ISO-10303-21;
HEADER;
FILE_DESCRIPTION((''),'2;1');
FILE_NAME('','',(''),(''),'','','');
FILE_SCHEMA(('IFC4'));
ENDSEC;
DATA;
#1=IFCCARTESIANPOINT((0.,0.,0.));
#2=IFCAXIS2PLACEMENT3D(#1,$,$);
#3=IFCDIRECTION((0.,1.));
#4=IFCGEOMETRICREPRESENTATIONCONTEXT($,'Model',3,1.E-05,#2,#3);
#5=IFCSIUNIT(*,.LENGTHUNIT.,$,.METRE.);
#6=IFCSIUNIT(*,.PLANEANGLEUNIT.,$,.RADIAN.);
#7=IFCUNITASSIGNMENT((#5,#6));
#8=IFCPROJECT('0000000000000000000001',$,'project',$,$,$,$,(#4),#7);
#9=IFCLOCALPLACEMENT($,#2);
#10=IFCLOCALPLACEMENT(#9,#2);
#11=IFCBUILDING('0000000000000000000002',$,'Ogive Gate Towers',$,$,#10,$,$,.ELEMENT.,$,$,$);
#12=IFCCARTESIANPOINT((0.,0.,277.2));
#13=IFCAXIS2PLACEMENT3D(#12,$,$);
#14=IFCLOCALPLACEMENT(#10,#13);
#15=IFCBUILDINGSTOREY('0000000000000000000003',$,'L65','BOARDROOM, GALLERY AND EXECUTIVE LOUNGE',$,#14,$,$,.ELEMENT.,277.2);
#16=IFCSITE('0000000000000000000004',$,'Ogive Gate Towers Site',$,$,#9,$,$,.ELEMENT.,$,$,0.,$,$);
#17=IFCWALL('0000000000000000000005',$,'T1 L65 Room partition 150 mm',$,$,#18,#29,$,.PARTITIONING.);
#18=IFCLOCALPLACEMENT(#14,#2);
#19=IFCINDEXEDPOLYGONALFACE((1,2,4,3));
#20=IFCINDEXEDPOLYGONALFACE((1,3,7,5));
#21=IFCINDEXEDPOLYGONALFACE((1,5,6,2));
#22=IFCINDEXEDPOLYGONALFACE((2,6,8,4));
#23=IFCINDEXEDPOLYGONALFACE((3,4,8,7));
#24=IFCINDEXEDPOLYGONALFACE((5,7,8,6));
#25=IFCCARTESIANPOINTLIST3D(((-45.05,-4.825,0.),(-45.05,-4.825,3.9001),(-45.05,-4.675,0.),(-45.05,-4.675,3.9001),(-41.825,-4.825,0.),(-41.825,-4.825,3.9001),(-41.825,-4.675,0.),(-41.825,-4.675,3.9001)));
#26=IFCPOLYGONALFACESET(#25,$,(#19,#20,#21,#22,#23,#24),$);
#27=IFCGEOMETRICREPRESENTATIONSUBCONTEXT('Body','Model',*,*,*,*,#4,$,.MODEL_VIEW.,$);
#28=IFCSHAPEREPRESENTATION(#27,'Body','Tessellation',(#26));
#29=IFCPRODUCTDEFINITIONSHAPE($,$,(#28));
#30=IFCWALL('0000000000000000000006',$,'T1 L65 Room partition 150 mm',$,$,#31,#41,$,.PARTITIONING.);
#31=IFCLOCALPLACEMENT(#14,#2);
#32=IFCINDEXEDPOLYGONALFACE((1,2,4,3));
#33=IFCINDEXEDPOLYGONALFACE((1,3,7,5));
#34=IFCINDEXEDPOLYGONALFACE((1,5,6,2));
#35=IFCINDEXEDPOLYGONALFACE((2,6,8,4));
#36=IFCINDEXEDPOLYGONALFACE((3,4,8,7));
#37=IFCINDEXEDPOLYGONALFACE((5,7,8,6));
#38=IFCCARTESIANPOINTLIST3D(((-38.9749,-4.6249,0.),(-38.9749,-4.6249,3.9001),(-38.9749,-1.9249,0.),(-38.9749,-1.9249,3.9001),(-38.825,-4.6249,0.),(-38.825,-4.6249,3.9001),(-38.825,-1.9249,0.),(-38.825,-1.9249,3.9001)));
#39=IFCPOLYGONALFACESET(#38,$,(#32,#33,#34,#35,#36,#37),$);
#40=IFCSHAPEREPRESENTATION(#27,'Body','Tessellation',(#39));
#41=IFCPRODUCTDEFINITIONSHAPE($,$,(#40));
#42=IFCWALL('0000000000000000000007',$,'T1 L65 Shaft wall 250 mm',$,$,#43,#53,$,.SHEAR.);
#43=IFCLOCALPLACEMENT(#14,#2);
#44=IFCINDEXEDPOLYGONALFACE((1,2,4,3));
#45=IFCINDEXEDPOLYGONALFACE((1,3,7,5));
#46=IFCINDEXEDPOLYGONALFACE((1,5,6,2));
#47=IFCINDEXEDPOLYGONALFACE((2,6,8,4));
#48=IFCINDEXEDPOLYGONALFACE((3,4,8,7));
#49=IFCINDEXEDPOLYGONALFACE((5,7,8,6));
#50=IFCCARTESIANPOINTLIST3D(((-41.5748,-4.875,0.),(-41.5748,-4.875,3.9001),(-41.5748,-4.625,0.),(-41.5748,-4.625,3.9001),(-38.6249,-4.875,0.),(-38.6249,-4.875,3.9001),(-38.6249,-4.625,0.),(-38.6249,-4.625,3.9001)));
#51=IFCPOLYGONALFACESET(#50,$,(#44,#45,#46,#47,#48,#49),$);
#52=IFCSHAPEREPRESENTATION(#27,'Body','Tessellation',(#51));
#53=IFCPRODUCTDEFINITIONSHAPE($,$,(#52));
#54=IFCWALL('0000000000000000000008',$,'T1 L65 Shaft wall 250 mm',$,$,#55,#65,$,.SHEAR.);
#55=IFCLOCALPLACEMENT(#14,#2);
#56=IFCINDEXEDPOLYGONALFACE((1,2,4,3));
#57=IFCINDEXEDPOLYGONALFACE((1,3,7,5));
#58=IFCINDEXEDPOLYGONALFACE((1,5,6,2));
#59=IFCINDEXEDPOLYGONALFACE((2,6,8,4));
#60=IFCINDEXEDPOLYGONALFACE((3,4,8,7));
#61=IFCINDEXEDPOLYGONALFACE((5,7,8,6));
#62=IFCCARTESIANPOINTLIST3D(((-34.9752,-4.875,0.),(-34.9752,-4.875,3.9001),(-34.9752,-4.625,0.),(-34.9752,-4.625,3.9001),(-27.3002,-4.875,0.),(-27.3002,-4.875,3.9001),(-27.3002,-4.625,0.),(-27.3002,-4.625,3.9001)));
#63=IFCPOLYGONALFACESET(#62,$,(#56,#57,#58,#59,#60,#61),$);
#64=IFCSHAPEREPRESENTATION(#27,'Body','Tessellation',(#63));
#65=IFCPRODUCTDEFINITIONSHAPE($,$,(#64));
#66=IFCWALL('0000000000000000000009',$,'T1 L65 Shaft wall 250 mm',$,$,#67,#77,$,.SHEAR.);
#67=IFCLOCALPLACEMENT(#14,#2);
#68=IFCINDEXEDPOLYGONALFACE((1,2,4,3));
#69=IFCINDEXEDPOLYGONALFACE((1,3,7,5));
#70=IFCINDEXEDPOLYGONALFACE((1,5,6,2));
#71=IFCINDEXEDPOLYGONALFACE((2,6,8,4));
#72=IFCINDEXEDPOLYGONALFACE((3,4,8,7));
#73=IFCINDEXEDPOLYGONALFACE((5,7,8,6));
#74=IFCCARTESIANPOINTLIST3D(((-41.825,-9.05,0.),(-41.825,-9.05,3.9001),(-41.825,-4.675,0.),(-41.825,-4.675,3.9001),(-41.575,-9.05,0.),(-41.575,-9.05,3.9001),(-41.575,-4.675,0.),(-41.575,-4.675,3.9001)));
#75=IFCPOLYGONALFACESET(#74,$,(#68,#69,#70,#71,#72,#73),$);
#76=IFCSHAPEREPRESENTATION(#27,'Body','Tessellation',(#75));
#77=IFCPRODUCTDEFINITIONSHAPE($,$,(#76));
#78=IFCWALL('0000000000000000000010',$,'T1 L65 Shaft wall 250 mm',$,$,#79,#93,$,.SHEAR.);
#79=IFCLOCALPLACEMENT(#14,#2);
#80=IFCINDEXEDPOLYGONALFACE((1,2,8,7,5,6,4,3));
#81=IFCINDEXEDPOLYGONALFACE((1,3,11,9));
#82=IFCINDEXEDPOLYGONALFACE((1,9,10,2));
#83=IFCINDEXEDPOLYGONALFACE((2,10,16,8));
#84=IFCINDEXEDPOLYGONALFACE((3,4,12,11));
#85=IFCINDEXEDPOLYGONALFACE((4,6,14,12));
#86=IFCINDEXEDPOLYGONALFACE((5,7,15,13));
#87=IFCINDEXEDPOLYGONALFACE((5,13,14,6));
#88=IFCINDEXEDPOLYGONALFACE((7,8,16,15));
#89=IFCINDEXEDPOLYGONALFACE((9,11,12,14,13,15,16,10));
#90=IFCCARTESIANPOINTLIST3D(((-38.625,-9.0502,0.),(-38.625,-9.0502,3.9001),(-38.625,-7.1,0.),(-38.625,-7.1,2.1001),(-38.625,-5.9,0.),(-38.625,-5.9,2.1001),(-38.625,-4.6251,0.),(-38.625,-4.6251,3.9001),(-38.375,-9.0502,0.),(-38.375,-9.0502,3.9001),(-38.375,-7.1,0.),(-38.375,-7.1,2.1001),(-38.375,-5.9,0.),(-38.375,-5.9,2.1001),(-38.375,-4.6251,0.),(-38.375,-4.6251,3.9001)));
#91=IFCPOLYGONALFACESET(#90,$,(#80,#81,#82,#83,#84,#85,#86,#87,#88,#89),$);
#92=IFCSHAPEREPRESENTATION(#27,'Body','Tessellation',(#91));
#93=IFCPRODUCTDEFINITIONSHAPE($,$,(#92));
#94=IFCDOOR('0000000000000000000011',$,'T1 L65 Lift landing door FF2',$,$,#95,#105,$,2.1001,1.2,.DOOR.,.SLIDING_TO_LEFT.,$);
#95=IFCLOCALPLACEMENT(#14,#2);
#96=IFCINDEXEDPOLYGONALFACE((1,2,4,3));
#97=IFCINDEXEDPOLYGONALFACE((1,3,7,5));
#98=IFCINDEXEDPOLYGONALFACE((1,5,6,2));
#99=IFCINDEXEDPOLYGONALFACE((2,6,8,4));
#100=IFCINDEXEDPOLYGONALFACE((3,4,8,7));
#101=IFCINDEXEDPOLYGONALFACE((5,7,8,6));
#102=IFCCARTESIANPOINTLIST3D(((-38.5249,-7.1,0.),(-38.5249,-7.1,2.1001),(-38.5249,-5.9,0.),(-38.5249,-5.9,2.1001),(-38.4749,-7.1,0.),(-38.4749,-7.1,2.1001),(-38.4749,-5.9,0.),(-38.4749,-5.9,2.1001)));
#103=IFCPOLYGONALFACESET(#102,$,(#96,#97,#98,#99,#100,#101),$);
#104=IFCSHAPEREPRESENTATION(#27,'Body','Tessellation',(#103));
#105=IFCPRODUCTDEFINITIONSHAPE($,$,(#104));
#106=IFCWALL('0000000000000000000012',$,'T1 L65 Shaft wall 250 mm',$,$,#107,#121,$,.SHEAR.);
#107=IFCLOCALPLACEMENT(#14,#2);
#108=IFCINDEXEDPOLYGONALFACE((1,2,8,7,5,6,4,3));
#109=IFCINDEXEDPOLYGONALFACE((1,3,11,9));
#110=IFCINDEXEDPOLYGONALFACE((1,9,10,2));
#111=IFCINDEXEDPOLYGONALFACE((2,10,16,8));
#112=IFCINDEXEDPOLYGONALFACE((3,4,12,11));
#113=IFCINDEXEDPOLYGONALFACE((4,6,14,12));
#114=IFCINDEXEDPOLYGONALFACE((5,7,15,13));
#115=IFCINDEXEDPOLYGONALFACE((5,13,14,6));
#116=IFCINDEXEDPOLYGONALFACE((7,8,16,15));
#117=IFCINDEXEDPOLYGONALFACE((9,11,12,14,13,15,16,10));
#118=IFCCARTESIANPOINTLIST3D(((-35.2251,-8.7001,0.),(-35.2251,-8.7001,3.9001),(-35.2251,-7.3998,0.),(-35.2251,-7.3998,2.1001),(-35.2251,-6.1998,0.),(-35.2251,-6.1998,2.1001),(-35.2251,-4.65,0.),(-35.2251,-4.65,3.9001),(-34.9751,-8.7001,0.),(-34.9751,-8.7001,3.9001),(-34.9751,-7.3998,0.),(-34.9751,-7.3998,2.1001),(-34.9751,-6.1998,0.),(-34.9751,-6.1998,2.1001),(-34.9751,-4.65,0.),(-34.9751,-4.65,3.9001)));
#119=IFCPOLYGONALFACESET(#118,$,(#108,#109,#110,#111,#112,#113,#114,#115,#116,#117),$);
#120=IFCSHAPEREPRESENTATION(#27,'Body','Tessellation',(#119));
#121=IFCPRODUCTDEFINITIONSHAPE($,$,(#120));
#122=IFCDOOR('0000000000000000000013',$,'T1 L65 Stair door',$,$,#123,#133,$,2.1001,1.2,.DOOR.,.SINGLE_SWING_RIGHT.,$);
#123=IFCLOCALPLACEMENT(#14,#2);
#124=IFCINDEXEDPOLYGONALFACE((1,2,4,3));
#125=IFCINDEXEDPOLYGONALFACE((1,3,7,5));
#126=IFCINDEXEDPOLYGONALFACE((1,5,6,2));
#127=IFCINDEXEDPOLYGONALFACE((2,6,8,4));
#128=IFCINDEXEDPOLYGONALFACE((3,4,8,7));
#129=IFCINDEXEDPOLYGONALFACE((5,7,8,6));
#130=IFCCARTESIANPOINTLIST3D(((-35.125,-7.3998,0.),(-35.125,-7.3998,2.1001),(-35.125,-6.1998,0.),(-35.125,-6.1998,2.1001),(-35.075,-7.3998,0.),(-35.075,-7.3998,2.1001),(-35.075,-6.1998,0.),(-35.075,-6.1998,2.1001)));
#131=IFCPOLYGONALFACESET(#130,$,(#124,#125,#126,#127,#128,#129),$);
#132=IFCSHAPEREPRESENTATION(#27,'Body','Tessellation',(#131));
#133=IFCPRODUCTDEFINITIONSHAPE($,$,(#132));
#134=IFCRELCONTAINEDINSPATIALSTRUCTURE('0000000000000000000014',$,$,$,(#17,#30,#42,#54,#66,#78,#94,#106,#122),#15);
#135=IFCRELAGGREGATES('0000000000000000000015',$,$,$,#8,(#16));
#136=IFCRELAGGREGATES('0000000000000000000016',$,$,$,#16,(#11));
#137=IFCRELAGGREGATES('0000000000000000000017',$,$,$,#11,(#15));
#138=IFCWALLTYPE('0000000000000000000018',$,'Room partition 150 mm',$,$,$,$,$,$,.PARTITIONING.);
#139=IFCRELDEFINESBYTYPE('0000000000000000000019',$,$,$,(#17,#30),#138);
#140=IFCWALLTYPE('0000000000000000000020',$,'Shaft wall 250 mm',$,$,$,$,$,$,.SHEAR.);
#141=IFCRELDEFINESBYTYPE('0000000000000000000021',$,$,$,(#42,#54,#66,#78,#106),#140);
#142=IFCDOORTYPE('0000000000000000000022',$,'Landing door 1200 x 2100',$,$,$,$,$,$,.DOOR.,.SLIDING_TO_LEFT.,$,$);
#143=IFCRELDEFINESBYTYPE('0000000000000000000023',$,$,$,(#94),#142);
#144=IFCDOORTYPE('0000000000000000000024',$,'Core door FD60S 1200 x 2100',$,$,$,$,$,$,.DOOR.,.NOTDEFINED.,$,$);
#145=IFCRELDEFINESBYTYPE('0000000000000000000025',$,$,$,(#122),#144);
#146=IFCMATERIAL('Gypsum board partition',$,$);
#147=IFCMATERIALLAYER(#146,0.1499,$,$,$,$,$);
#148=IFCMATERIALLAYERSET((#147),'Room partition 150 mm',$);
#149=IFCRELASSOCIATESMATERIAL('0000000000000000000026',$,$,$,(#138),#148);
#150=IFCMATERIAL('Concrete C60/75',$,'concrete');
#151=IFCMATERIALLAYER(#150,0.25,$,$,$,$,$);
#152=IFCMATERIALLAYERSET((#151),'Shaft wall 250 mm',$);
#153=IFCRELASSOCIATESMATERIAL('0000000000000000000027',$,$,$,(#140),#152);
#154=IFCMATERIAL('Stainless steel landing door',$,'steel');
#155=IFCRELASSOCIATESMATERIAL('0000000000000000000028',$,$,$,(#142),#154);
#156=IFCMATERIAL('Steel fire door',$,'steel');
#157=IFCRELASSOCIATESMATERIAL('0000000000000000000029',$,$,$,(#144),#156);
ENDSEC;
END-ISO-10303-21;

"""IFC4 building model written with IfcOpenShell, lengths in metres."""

from ifc_helpers import new_model, si_unit, direction, frame, frame_2d, origin, place, context, subcontext, project, spatial, rectangle, extrude, material, layer, layer_set, type_object, element, fill, save


model = new_model("IFC4")

# Units and contexts
model_context = context("Model", 3, precision=1e-05, world=origin(), true_north=direction((0.0, 1.0)))
body_context = subcontext(model_context, "Body", "Model", "MODEL_VIEW")
ifc_project = project(units=[si_unit("LENGTHUNIT", "METRE"), si_unit("PLANEANGLEUNIT", "RADIAN")], contexts=[model_context])

# Site, building, storey
site_placement = place(None, origin())
site = spatial("IfcSite", under=ifc_project, at=site_placement, Name="Ogive Gate Towers Site", CompositionType="ELEMENT", RefElevation=0.0)
building_placement = place(site_placement, origin())
building = spatial("IfcBuilding", under=site, at=building_placement, Name="Ogive Gate Towers", CompositionType="ELEMENT")
storey_placement = place(building_placement, frame((0.0, 0.0, 277.2)))
storey = spatial("IfcBuildingStorey", under=building, at=storey_placement, Name="L65", Description="BOARDROOM, GALLERY AND EXECUTIVE LOUNGE", CompositionType="ELEMENT", Elevation=277.2)

# Shared definitions
ifc_material_1 = material(Name="Gypsum board partition")

# Walls
ifc_layer_1 = layer(ifc_material_1, 0.1499)
ifc_layer_set_1 = layer_set([ifc_layer_1], Name="Room partition 150 mm")
wall_type_1 = type_object("IfcWallType", Name="Room partition 150 mm", PredefinedType="PARTITIONING", material=ifc_layer_set_1)
wall_1_placement = place(storey_placement, frame((-45.05, -4.75, 0.0), z_axis=(0.0, 0.0, 1.0), x_axis=(1.0, 0.0, 0.0)))
element("IfcWall", 1, at=wall_1_placement, inside=storey, type_object=wall_type_1, Name="T1 L65 Room partition 150 mm", PredefinedType="PARTITIONING", context=body_context, shape_type="SweptSolid", body=[
    extrude(rectangle(XDim=3.2251, YDim=0.1499, at=frame_2d((1.6125, 0.0))), origin(), (0.0, 0.0, 1.0), 3.9001),
])
wall_2_placement = place(storey_placement, frame((-38.8999, -4.625, 0.0), z_axis=(0.0, 0.0, 1.0), x_axis=(0.0, 1.0, 0.0)))
element("IfcWall", 2, at=wall_2_placement, inside=storey, type_object=wall_type_1, Name="T1 L65 Room partition 150 mm", PredefinedType="PARTITIONING", context=body_context, shape_type="SweptSolid", body=[
    extrude(rectangle(XDim=2.7, YDim=0.1499, at=frame_2d((1.3501, 0.0))), origin(), (0.0, 0.0, 1.0), 3.9001),
])
ifc_material_2 = material(Name="Concrete C60/75", Category="concrete")
ifc_layer_2 = layer(ifc_material_2, 0.25)
ifc_layer_set_2 = layer_set([ifc_layer_2], Name="Shaft wall 250 mm")
wall_type_2 = type_object("IfcWallType", Name="Shaft wall 250 mm", PredefinedType="SHEAR", material=ifc_layer_set_2)
wall_3_placement = place(storey_placement, frame((-41.575, -4.75, 0.0), z_axis=(0.0, 0.0, 1.0), x_axis=(1.0, 0.0, 0.0)))
element("IfcWall", 3, at=wall_3_placement, inside=storey, type_object=wall_type_2, Name="T1 L65 Shaft wall 250 mm", PredefinedType="SHEAR", context=body_context, shape_type="SweptSolid", body=[
    extrude(rectangle(XDim=2.95, YDim=0.25, at=frame_2d((1.4751, 0.0))), origin(), (0.0, 0.0, 1.0), 3.9001),
])
wall_4_placement = place(storey_placement, frame((-34.9751, -4.75, 0.0), z_axis=(0.0, 0.0, 1.0), x_axis=(1.0, 0.0, 0.0)))
element("IfcWall", 4, at=wall_4_placement, inside=storey, type_object=wall_type_2, Name="T1 L65 Shaft wall 250 mm", PredefinedType="SHEAR", context=body_context, shape_type="SweptSolid", body=[
    extrude(rectangle(XDim=7.675, YDim=0.25, at=frame_2d((3.8374, 0.0))), origin(), (0.0, 0.0, 1.0), 3.9001),
])
wall_5_placement = place(storey_placement, frame((-41.7, -9.05, 0.0), z_axis=(0.0, 0.0, 1.0), x_axis=(0.0, 1.0, 0.0)))
element("IfcWall", 5, at=wall_5_placement, inside=storey, type_object=wall_type_2, Name="T1 L65 Shaft wall 250 mm", PredefinedType="SHEAR", context=body_context, shape_type="SweptSolid", body=[
    extrude(rectangle(XDim=4.375, YDim=0.25, at=frame_2d((2.1875, 0.0))), origin(), (0.0, 0.0, 1.0), 3.9001),
])

# Walls, openings, doors
wall_6_placement = place(storey_placement, frame((-38.5, -9.05, 0.0), z_axis=(0.0, 0.0, 1.0), x_axis=(0.0, 1.0, 0.0)))
wall_6 = element("IfcWall", 6, at=wall_6_placement, inside=storey, type_object=wall_type_2, Name="T1 L65 Shaft wall 250 mm", PredefinedType="SHEAR", context=body_context, shape_type="SweptSolid", body=[
    extrude(rectangle(XDim=4.425, YDim=0.25, at=frame_2d((2.2124, 0.0))), origin(), (0.0, 0.0, 1.0), 3.9001),
])
opening_1_placement = place(wall_6_placement, frame((1.95, 0.0, 0.0)))
opening_1 = element("IfcOpeningElement", 7, at=opening_1_placement, cuts=wall_6, PredefinedType="OPENING", context=body_context, shape_type="SweptSolid", body=[
    extrude(rectangle(XDim=1.2, YDim=2.1001, at=frame_2d((0.6001, 1.05))), frame((0.0, 0.135, 0.0), z_axis=(0.0, -1.0, 0.0), x_axis=(1.0, 0.0, 0.0)), (0.0, 0.0, 1.0), 0.27),
])
ifc_material_3 = material(Name="Stainless steel landing door", Category="steel")
door_type_1 = type_object("IfcDoorType", Name="Landing door 1200 x 2100", OperationType="SLIDING_TO_LEFT", PredefinedType="DOOR", material=ifc_material_3)
door_1_placement = place(opening_1_placement, origin())
door_1 = element("IfcDoor", 8, at=door_1_placement, inside=storey, type_object=door_type_1, Name="T1 L65 Lift landing door FF2", OperationType="SLIDING_TO_LEFT", OverallHeight=2.1001, OverallWidth=1.2, PredefinedType="DOOR", context=body_context, shape_type="SweptSolid", body=[
    extrude(rectangle(XDim=1.2, YDim=2.1001, at=frame_2d((0.6001, 1.05))), frame((0.0, 0.0249, 0.0), z_axis=(0.0, -1.0, 0.0), x_axis=(1.0, 0.0, 0.0)), (0.0, 0.0, 1.0), 0.05),
])
fill(opening_1, door_1)
wall_7_placement = place(storey_placement, frame((-35.1001, -8.7, 0.0), z_axis=(0.0, 0.0, 1.0), x_axis=(0.0, 1.0, 0.0)))
wall_7 = element("IfcWall", 9, at=wall_7_placement, inside=storey, type_object=wall_type_2, Name="T1 L65 Shaft wall 250 mm", PredefinedType="SHEAR", context=body_context, shape_type="SweptSolid", body=[
    extrude(rectangle(XDim=4.05, YDim=0.25, at=frame_2d((2.0249, 0.0))), origin(), (0.0, 0.0, 1.0), 3.9001),
])
opening_2_placement = place(wall_7_placement, frame((1.3, 0.0, 0.0)))
opening_2 = element("IfcOpeningElement", 10, at=opening_2_placement, cuts=wall_7, PredefinedType="OPENING", context=body_context, shape_type="SweptSolid", body=[
    extrude(rectangle(XDim=1.2, YDim=2.1001, at=frame_2d((0.6001, 1.05))), frame((0.0, 0.135, 0.0), z_axis=(0.0, -1.0, 0.0), x_axis=(1.0, 0.0, 0.0)), (0.0, 0.0, 1.0), 0.27),
])
ifc_material_4 = material(Name="Steel fire door", Category="steel")
door_type_2 = type_object("IfcDoorType", Name="Core door FD60S 1200 x 2100", OperationType="NOTDEFINED", PredefinedType="DOOR", material=ifc_material_4)
door_2_placement = place(opening_2_placement, origin())
door_2 = element("IfcDoor", 11, at=door_2_placement, inside=storey, type_object=door_type_2, Name="T1 L65 Stair door", OperationType="SINGLE_SWING_RIGHT", OverallHeight=2.1001, OverallWidth=1.2, PredefinedType="DOOR", context=body_context, shape_type="SweptSolid", body=[
    extrude(rectangle(XDim=1.2, YDim=2.1001, at=frame_2d((0.6001, 1.05))), frame((0.0, 0.0249, 0.0), z_axis=(0.0, -1.0, 0.0), x_axis=(1.0, 0.0, 0.0)), (0.0, 0.0, 1.0), 0.05),
])
fill(opening_2, door_2)

save(model, "model.ifc")
